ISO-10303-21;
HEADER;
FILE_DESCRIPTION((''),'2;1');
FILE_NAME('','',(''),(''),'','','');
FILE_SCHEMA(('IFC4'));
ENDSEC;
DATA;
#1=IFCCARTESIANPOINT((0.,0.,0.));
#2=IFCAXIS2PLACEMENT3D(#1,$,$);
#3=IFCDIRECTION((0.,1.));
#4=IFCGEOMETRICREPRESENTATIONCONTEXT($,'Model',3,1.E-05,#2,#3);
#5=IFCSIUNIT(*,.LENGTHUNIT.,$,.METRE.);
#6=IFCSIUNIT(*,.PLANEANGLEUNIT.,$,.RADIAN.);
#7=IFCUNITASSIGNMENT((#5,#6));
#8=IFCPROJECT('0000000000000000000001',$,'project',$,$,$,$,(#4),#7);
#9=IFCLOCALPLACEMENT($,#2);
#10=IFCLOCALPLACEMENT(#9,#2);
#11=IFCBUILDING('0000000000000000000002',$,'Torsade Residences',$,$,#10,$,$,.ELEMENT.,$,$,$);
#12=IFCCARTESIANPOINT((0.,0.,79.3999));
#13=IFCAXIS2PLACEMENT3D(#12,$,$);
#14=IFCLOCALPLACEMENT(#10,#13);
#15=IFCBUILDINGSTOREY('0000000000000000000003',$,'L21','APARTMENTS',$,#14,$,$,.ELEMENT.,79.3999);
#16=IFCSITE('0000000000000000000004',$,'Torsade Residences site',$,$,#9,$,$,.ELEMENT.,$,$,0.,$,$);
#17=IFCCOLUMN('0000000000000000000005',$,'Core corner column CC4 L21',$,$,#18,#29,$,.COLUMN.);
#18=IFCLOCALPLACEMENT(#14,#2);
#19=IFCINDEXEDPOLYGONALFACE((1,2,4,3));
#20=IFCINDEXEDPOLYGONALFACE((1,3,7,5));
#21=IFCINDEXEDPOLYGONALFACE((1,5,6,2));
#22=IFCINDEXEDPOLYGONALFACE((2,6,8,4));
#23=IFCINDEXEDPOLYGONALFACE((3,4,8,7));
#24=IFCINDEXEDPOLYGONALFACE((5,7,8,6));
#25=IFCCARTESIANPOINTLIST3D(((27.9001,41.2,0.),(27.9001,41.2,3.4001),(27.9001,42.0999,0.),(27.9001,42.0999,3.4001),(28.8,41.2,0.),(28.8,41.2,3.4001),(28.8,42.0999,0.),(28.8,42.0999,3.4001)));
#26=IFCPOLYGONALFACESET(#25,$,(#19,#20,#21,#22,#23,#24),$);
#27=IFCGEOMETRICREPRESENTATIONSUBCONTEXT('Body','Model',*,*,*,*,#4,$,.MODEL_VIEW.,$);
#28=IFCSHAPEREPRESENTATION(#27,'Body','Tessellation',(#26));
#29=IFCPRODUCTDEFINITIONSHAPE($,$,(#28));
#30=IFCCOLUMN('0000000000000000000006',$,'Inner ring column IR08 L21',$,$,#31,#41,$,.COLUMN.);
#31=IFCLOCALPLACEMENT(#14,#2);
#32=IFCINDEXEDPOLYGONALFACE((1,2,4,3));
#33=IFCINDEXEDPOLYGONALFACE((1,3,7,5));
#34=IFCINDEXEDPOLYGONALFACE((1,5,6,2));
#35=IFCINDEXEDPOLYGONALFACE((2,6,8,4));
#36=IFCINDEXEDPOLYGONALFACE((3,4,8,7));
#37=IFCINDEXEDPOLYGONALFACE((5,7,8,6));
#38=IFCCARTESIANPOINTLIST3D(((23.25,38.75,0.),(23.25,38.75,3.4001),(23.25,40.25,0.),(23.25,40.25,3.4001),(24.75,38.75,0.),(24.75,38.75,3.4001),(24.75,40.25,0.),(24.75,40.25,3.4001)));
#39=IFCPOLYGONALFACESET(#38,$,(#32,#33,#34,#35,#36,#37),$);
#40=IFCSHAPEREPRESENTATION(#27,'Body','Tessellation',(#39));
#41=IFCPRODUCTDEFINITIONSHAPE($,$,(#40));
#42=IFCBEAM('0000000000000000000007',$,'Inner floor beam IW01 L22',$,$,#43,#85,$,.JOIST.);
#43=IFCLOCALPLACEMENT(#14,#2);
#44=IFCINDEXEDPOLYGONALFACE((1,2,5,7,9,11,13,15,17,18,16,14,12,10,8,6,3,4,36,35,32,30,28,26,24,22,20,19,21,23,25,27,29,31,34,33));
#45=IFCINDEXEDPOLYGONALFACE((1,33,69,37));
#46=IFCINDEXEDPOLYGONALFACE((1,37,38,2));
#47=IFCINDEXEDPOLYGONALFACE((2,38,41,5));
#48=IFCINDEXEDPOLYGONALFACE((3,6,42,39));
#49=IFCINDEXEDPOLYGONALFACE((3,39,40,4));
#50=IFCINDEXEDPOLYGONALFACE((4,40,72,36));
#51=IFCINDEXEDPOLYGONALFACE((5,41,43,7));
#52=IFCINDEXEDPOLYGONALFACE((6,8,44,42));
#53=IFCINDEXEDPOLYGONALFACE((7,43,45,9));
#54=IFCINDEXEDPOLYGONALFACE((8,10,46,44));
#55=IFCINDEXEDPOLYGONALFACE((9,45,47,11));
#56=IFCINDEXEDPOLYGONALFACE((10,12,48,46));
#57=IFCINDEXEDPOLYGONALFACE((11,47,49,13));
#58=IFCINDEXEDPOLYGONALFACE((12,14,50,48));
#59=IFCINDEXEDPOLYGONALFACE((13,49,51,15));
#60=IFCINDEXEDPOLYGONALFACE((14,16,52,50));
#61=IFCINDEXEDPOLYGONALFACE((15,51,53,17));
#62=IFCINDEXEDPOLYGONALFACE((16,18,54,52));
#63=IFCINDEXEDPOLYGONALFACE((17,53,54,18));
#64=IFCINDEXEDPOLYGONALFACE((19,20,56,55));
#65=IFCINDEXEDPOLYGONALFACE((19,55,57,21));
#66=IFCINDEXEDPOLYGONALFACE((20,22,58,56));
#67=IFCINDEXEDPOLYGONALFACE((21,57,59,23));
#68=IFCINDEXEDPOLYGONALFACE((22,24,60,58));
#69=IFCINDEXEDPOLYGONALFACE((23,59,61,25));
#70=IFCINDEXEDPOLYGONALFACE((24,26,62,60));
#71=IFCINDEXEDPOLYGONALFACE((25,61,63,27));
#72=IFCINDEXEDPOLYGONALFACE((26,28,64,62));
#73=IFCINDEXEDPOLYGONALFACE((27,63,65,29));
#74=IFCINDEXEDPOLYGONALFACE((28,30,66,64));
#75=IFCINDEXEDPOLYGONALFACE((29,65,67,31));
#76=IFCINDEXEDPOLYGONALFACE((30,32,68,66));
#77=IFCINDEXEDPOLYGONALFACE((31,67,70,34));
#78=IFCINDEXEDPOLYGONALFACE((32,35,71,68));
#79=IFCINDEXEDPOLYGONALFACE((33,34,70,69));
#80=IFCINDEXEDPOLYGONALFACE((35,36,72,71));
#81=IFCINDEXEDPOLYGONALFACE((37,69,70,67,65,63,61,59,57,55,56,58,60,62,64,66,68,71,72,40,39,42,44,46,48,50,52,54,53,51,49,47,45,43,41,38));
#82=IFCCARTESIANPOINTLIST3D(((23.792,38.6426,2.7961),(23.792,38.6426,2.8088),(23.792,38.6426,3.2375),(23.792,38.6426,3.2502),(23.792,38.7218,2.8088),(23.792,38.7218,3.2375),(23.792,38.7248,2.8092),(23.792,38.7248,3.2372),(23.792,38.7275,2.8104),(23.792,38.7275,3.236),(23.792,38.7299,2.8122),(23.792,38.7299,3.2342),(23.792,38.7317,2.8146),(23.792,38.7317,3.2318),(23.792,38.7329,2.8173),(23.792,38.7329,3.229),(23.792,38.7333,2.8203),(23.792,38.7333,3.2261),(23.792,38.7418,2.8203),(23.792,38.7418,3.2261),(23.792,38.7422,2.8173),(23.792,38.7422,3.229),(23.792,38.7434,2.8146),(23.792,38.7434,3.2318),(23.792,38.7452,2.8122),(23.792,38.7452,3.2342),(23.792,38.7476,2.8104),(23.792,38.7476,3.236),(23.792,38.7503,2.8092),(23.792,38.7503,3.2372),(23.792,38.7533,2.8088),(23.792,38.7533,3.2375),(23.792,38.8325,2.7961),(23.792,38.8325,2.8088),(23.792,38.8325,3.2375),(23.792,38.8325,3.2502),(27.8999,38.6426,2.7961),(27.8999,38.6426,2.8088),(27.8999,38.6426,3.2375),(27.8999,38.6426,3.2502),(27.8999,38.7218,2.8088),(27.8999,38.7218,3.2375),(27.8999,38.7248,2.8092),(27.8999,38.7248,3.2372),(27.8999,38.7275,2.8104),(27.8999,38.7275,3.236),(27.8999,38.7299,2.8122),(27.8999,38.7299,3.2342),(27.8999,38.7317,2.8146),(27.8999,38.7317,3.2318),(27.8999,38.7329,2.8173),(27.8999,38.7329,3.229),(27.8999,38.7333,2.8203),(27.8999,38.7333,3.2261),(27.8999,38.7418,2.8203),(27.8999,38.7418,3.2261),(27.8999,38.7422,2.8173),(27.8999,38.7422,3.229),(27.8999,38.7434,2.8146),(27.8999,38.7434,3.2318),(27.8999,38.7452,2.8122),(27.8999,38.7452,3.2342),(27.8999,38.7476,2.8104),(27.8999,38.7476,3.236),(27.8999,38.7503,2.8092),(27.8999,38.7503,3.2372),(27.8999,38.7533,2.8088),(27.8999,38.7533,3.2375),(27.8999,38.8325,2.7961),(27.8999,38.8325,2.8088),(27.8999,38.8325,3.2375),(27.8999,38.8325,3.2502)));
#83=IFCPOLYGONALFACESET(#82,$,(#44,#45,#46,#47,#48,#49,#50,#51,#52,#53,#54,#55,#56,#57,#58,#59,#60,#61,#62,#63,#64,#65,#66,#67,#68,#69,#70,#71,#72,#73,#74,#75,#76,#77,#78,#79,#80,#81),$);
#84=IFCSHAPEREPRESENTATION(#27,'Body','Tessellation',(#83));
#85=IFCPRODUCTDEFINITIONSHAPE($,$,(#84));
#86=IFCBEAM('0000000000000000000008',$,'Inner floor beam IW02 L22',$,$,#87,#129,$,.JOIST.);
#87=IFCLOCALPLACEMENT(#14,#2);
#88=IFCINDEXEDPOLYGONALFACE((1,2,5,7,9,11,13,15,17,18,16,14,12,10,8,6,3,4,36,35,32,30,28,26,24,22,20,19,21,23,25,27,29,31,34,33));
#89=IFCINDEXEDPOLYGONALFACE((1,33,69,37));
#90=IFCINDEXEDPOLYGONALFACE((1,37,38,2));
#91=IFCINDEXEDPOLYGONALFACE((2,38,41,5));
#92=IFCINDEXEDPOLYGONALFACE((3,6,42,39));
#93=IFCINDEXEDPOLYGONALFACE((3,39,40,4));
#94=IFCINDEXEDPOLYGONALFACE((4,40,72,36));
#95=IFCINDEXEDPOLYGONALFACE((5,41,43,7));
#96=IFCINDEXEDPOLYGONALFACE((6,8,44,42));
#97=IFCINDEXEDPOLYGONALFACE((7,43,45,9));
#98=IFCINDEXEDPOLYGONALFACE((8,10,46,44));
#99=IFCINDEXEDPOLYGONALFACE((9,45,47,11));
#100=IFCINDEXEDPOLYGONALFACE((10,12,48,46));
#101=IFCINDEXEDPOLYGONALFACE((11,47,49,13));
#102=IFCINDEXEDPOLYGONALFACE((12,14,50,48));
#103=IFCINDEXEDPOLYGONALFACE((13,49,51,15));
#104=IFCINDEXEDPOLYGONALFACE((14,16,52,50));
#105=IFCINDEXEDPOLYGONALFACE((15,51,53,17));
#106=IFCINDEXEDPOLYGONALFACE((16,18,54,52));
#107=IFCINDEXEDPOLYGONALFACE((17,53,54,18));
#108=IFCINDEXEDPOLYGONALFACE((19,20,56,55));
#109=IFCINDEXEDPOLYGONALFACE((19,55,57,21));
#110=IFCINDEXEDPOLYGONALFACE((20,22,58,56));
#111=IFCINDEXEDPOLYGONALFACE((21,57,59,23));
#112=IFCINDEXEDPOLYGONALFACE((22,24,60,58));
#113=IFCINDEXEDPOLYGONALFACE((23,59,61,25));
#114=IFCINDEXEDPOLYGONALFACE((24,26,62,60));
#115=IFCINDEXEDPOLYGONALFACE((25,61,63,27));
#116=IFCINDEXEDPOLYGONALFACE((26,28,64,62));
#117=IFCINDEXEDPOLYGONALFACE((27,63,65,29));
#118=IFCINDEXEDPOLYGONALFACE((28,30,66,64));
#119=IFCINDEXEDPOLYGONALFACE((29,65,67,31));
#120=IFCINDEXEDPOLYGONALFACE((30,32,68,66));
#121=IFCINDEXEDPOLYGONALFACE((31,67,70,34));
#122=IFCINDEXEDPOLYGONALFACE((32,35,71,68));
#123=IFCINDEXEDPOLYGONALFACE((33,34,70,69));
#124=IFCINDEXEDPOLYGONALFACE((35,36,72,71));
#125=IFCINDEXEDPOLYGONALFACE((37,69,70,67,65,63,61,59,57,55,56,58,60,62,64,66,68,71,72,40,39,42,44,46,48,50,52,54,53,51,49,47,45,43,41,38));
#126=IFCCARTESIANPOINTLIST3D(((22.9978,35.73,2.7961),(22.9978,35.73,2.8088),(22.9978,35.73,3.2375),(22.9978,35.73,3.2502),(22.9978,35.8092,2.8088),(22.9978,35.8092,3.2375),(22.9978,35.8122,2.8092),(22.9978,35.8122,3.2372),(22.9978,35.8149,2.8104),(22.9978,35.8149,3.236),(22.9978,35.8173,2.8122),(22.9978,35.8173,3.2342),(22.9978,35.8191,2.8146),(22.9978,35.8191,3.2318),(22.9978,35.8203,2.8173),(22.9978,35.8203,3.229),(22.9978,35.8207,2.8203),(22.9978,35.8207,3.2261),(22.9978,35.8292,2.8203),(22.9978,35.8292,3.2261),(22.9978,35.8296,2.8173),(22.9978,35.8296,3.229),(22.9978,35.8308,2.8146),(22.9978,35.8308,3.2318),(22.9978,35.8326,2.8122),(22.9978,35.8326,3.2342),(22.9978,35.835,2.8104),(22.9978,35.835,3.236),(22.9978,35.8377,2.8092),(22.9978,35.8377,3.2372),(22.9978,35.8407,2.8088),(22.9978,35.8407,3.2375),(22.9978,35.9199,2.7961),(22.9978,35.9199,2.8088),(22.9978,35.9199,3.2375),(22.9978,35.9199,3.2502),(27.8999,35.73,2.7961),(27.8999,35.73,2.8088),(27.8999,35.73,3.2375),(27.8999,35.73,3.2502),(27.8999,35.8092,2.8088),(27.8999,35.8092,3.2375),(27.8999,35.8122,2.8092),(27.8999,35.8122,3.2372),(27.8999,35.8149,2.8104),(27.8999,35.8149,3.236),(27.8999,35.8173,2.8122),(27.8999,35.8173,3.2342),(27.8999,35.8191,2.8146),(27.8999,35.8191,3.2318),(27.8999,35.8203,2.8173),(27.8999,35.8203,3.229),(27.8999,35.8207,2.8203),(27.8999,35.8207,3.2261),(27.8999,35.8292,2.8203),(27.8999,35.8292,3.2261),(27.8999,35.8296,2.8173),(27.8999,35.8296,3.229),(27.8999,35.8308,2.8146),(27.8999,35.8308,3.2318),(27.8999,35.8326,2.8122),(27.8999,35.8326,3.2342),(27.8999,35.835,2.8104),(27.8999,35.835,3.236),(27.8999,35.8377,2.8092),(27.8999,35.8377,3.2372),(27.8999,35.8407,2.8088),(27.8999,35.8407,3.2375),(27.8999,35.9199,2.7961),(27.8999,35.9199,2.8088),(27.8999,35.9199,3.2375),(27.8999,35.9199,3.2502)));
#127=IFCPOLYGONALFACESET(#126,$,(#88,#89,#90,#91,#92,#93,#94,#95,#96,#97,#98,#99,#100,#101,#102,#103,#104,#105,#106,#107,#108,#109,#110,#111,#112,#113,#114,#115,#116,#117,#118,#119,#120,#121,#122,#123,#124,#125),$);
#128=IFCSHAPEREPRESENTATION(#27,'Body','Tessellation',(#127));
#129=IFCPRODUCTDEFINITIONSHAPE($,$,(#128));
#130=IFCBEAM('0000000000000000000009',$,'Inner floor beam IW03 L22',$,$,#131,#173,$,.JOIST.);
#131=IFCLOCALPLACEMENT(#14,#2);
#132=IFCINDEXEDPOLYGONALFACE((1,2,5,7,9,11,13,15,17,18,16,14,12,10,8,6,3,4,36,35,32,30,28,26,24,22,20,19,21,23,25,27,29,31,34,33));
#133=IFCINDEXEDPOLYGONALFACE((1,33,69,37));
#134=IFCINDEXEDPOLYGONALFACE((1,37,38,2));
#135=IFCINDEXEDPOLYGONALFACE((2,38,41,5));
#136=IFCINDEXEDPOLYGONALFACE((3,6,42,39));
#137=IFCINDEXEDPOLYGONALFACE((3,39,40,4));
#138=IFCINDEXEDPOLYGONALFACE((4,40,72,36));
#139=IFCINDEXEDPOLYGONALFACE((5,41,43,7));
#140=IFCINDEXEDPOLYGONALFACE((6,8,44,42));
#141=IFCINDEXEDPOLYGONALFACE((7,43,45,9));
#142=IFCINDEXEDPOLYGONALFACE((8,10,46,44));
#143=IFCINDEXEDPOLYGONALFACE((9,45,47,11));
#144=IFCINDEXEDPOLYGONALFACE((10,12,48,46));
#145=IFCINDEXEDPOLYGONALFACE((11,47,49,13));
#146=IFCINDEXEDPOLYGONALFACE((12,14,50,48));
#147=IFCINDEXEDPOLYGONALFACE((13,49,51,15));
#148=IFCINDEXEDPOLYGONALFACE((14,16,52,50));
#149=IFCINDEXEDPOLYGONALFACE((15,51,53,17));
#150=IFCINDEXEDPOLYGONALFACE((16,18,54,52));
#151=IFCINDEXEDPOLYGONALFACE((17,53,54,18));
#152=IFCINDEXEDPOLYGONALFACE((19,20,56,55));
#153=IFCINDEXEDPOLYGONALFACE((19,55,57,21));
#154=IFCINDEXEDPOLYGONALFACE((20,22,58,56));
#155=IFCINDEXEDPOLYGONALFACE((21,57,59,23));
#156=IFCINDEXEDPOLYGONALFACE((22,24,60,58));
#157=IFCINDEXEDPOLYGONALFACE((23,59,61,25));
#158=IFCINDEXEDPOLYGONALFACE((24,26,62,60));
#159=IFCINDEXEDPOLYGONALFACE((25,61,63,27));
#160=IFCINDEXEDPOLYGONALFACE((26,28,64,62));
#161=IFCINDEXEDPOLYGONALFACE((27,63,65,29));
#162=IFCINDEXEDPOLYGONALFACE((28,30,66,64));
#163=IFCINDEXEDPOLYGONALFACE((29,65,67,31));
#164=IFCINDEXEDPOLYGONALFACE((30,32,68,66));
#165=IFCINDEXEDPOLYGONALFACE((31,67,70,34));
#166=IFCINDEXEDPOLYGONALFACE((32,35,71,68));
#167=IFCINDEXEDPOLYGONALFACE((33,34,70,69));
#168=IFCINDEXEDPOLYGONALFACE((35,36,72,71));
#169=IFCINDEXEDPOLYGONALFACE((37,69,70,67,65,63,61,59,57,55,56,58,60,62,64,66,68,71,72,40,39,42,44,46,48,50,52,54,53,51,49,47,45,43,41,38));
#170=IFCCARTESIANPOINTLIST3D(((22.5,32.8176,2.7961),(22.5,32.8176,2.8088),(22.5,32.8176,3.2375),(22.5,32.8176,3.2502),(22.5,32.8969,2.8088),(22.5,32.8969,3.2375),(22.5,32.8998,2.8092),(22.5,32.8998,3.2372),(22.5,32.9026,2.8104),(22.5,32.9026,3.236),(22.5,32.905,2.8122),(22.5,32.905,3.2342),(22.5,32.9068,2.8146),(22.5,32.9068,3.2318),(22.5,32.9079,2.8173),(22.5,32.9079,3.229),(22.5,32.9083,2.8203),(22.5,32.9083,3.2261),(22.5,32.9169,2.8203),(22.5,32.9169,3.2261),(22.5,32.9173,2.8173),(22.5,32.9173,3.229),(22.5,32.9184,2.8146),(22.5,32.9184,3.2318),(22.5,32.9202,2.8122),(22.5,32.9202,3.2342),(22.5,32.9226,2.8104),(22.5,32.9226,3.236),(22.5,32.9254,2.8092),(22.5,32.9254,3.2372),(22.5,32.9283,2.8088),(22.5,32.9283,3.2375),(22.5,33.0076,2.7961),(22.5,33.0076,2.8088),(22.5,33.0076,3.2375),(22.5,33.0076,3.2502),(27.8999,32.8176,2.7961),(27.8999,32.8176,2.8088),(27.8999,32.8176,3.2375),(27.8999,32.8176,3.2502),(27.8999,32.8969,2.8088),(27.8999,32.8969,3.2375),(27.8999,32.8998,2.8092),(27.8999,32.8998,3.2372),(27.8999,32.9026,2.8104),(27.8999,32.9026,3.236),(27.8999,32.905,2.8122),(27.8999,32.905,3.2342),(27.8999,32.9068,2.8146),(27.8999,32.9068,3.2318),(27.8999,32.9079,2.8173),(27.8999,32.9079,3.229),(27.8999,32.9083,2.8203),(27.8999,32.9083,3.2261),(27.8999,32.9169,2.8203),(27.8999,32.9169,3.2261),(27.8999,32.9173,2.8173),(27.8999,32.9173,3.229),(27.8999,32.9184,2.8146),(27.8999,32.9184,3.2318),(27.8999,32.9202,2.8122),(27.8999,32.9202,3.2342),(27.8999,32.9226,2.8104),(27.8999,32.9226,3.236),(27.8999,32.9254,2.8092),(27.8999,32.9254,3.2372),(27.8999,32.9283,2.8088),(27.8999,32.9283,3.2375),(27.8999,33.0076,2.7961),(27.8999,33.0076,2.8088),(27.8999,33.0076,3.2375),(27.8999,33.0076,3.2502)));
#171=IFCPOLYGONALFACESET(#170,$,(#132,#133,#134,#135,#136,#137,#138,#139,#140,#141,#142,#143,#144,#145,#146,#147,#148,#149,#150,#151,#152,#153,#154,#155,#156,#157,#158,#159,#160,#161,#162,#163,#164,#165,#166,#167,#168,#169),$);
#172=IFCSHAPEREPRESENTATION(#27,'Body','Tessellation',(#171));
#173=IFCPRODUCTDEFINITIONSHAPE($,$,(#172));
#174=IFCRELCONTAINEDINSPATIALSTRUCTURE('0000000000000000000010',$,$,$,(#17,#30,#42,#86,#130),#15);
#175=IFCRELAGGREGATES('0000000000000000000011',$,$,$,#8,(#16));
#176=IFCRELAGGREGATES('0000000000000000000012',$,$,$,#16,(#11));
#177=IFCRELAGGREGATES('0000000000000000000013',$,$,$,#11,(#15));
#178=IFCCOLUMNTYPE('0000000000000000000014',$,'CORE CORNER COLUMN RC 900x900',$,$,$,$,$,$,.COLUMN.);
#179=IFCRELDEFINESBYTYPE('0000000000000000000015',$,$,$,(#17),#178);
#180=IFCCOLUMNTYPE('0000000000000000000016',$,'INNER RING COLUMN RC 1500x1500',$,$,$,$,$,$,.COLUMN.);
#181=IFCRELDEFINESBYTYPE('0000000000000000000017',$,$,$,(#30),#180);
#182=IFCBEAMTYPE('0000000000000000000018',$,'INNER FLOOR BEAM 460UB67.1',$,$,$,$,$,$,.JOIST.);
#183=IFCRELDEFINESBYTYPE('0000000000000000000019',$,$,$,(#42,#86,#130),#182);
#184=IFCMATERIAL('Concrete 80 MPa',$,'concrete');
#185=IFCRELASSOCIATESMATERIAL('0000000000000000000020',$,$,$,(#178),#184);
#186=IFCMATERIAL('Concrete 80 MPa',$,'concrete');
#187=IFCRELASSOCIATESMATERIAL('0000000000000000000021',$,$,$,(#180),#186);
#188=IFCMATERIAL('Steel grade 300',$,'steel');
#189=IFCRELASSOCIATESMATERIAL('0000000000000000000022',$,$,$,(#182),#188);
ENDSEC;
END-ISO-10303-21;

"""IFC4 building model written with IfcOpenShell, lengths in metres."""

from ifc_helpers import new_model, si_unit, direction, frame, origin, origin_2d, place, context, subcontext, project, spatial, rectangle, i_section, extrude, material, material_profile, profile_set, type_object, element, save


model = new_model("IFC4")

# Units and contexts
model_context = context("Model", 3, precision=1e-05, world=origin(), true_north=direction((0.0, 1.0)))
body_context = subcontext(model_context, "Body", "Model", "MODEL_VIEW")
ifc_project = project(units=[si_unit("LENGTHUNIT", "METRE"), si_unit("PLANEANGLEUNIT", "RADIAN")], contexts=[model_context])

# Site, building, storey
site_placement = place(None, origin())
site = spatial("IfcSite", under=ifc_project, at=site_placement, Name="Torsade Residences site", CompositionType="ELEMENT", RefElevation=0.0)
building_placement = place(site_placement, origin())
building = spatial("IfcBuilding", under=site, at=building_placement, Name="Torsade Residences", CompositionType="ELEMENT")
storey_placement = place(building_placement, frame((0.0, 0.0, 79.3999)))
storey = spatial("IfcBuildingStorey", under=building, at=storey_placement, Name="L21", Description="APARTMENTS", CompositionType="ELEMENT", Elevation=79.3999)

# Columns
ifc_material_1 = material(Name="Concrete 80 MPa", Category="concrete")
ifc_material_profile_1 = material_profile(ifc_material_1, rectangle(XDim=0.8999, YDim=0.8999, at=origin_2d()), Name="RC 900x900")
ifc_profile_set_1 = profile_set([ifc_material_profile_1], Name="Concrete 80 MPa")
column_type_1 = type_object("IfcColumnType", Name="CORE CORNER COLUMN RC 900x900", PredefinedType="COLUMN", material=ifc_profile_set_1)
column_1_placement = place(storey_placement, frame((28.3501, 41.6499, 0.0), z_axis=(0.0, 0.0, 1.0), x_axis=(1.0, 0.0, 0.0)))
element("IfcColumn", 1, at=column_1_placement, inside=storey, type_object=column_type_1, Name="Core corner column CC4 L21", PredefinedType="COLUMN", context=body_context, shape_type="SweptSolid", body=[
    extrude(rectangle(XDim=0.8999, YDim=0.8999, at=origin_2d()), origin(), (0.0, 0.0, 1.0), 3.4001),
])
ifc_material_2 = material(Name="Concrete 80 MPa", Category="concrete")
ifc_material_profile_2 = material_profile(ifc_material_2, rectangle(XDim=1.5, YDim=1.5, at=origin_2d()), Name="RC 1500x1500")
ifc_profile_set_2 = profile_set([ifc_material_profile_2], Name="Concrete 80 MPa")
column_type_2 = type_object("IfcColumnType", Name="INNER RING COLUMN RC 1500x1500", PredefinedType="COLUMN", material=ifc_profile_set_2)
column_2_placement = place(storey_placement, frame((24.0, 39.5, 0.0), z_axis=(0.0, 0.0, 1.0), x_axis=(1.0, 0.0, 0.0)))
element("IfcColumn", 2, at=column_2_placement, inside=storey, type_object=column_type_2, Name="Inner ring column IR08 L21", PredefinedType="COLUMN", context=body_context, shape_type="SweptSolid", body=[
    extrude(rectangle(XDim=1.5, YDim=1.5, at=origin_2d()), origin(), (0.0, 0.0, 1.0), 3.4001),
])

# Beams
ifc_material_3 = material(Name="Steel grade 300", Category="steel")
ifc_material_profile_3 = material_profile(ifc_material_3, i_section(OverallWidth=0.1899, OverallDepth=0.4541, WebThickness=0.0085, FlangeThickness=0.0127, FilletRadius=0.0115, at=origin_2d()), Name="460UB67.1")
ifc_profile_set_3 = profile_set([ifc_material_profile_3], Name="Steel grade 300")
beam_type_1 = type_object("IfcBeamType", Name="INNER FLOOR BEAM 460UB67.1", PredefinedType="JOIST", material=ifc_profile_set_3)
beam_1_placement = place(storey_placement, frame((27.8999, 38.7375, 3.0232), z_axis=(-1.0, 0.0, 0.0), x_axis=(0.0, -1.0, 0.0)))
element("IfcBeam", 3, at=beam_1_placement, inside=storey, type_object=beam_type_1, Name="Inner floor beam IW01 L22", PredefinedType="JOIST", context=body_context, shape_type="SweptSolid", body=[
    extrude(i_section(OverallWidth=0.1899, OverallDepth=0.4541, WebThickness=0.0085, FlangeThickness=0.0127, FilletRadius=0.0115, at=origin_2d()), origin(), (0.0, 0.0, 1.0), 4.1079),
])
beam_2_placement = place(storey_placement, frame((27.8999, 35.825, 3.0232), z_axis=(-1.0, 0.0, 0.0), x_axis=(0.0, -1.0, 0.0)))
element("IfcBeam", 4, at=beam_2_placement, inside=storey, type_object=beam_type_1, Name="Inner floor beam IW02 L22", PredefinedType="JOIST", context=body_context, shape_type="SweptSolid", body=[
    extrude(i_section(OverallWidth=0.1899, OverallDepth=0.4541, WebThickness=0.0085, FlangeThickness=0.0127, FilletRadius=0.0115, at=origin_2d()), origin(), (0.0, 0.0, 1.0), 4.9021),
])
for number, where, z_axis, x_axis, name in (
    (5, (27.8999, 32.9126, 3.0232), (-1.0, 0.0, 0.0), (0.0, -1.0, 0.0), "Inner floor beam IW03 L22"),
):
    element("IfcBeam", number, at=place(storey_placement, frame(where, z_axis=z_axis, x_axis=x_axis)), inside=storey, type_object=beam_type_1, Name=name, PredefinedType="JOIST", context=body_context, shape_type="SweptSolid", body=[
        extrude(i_section(OverallWidth=0.1899, OverallDepth=0.4541, WebThickness=0.0085, FlangeThickness=0.0127, FilletRadius=0.0115, at=origin_2d()), origin(), (0.0, 0.0, 1.0), 5.3999),
    ])

save(model, "model.ifc")
